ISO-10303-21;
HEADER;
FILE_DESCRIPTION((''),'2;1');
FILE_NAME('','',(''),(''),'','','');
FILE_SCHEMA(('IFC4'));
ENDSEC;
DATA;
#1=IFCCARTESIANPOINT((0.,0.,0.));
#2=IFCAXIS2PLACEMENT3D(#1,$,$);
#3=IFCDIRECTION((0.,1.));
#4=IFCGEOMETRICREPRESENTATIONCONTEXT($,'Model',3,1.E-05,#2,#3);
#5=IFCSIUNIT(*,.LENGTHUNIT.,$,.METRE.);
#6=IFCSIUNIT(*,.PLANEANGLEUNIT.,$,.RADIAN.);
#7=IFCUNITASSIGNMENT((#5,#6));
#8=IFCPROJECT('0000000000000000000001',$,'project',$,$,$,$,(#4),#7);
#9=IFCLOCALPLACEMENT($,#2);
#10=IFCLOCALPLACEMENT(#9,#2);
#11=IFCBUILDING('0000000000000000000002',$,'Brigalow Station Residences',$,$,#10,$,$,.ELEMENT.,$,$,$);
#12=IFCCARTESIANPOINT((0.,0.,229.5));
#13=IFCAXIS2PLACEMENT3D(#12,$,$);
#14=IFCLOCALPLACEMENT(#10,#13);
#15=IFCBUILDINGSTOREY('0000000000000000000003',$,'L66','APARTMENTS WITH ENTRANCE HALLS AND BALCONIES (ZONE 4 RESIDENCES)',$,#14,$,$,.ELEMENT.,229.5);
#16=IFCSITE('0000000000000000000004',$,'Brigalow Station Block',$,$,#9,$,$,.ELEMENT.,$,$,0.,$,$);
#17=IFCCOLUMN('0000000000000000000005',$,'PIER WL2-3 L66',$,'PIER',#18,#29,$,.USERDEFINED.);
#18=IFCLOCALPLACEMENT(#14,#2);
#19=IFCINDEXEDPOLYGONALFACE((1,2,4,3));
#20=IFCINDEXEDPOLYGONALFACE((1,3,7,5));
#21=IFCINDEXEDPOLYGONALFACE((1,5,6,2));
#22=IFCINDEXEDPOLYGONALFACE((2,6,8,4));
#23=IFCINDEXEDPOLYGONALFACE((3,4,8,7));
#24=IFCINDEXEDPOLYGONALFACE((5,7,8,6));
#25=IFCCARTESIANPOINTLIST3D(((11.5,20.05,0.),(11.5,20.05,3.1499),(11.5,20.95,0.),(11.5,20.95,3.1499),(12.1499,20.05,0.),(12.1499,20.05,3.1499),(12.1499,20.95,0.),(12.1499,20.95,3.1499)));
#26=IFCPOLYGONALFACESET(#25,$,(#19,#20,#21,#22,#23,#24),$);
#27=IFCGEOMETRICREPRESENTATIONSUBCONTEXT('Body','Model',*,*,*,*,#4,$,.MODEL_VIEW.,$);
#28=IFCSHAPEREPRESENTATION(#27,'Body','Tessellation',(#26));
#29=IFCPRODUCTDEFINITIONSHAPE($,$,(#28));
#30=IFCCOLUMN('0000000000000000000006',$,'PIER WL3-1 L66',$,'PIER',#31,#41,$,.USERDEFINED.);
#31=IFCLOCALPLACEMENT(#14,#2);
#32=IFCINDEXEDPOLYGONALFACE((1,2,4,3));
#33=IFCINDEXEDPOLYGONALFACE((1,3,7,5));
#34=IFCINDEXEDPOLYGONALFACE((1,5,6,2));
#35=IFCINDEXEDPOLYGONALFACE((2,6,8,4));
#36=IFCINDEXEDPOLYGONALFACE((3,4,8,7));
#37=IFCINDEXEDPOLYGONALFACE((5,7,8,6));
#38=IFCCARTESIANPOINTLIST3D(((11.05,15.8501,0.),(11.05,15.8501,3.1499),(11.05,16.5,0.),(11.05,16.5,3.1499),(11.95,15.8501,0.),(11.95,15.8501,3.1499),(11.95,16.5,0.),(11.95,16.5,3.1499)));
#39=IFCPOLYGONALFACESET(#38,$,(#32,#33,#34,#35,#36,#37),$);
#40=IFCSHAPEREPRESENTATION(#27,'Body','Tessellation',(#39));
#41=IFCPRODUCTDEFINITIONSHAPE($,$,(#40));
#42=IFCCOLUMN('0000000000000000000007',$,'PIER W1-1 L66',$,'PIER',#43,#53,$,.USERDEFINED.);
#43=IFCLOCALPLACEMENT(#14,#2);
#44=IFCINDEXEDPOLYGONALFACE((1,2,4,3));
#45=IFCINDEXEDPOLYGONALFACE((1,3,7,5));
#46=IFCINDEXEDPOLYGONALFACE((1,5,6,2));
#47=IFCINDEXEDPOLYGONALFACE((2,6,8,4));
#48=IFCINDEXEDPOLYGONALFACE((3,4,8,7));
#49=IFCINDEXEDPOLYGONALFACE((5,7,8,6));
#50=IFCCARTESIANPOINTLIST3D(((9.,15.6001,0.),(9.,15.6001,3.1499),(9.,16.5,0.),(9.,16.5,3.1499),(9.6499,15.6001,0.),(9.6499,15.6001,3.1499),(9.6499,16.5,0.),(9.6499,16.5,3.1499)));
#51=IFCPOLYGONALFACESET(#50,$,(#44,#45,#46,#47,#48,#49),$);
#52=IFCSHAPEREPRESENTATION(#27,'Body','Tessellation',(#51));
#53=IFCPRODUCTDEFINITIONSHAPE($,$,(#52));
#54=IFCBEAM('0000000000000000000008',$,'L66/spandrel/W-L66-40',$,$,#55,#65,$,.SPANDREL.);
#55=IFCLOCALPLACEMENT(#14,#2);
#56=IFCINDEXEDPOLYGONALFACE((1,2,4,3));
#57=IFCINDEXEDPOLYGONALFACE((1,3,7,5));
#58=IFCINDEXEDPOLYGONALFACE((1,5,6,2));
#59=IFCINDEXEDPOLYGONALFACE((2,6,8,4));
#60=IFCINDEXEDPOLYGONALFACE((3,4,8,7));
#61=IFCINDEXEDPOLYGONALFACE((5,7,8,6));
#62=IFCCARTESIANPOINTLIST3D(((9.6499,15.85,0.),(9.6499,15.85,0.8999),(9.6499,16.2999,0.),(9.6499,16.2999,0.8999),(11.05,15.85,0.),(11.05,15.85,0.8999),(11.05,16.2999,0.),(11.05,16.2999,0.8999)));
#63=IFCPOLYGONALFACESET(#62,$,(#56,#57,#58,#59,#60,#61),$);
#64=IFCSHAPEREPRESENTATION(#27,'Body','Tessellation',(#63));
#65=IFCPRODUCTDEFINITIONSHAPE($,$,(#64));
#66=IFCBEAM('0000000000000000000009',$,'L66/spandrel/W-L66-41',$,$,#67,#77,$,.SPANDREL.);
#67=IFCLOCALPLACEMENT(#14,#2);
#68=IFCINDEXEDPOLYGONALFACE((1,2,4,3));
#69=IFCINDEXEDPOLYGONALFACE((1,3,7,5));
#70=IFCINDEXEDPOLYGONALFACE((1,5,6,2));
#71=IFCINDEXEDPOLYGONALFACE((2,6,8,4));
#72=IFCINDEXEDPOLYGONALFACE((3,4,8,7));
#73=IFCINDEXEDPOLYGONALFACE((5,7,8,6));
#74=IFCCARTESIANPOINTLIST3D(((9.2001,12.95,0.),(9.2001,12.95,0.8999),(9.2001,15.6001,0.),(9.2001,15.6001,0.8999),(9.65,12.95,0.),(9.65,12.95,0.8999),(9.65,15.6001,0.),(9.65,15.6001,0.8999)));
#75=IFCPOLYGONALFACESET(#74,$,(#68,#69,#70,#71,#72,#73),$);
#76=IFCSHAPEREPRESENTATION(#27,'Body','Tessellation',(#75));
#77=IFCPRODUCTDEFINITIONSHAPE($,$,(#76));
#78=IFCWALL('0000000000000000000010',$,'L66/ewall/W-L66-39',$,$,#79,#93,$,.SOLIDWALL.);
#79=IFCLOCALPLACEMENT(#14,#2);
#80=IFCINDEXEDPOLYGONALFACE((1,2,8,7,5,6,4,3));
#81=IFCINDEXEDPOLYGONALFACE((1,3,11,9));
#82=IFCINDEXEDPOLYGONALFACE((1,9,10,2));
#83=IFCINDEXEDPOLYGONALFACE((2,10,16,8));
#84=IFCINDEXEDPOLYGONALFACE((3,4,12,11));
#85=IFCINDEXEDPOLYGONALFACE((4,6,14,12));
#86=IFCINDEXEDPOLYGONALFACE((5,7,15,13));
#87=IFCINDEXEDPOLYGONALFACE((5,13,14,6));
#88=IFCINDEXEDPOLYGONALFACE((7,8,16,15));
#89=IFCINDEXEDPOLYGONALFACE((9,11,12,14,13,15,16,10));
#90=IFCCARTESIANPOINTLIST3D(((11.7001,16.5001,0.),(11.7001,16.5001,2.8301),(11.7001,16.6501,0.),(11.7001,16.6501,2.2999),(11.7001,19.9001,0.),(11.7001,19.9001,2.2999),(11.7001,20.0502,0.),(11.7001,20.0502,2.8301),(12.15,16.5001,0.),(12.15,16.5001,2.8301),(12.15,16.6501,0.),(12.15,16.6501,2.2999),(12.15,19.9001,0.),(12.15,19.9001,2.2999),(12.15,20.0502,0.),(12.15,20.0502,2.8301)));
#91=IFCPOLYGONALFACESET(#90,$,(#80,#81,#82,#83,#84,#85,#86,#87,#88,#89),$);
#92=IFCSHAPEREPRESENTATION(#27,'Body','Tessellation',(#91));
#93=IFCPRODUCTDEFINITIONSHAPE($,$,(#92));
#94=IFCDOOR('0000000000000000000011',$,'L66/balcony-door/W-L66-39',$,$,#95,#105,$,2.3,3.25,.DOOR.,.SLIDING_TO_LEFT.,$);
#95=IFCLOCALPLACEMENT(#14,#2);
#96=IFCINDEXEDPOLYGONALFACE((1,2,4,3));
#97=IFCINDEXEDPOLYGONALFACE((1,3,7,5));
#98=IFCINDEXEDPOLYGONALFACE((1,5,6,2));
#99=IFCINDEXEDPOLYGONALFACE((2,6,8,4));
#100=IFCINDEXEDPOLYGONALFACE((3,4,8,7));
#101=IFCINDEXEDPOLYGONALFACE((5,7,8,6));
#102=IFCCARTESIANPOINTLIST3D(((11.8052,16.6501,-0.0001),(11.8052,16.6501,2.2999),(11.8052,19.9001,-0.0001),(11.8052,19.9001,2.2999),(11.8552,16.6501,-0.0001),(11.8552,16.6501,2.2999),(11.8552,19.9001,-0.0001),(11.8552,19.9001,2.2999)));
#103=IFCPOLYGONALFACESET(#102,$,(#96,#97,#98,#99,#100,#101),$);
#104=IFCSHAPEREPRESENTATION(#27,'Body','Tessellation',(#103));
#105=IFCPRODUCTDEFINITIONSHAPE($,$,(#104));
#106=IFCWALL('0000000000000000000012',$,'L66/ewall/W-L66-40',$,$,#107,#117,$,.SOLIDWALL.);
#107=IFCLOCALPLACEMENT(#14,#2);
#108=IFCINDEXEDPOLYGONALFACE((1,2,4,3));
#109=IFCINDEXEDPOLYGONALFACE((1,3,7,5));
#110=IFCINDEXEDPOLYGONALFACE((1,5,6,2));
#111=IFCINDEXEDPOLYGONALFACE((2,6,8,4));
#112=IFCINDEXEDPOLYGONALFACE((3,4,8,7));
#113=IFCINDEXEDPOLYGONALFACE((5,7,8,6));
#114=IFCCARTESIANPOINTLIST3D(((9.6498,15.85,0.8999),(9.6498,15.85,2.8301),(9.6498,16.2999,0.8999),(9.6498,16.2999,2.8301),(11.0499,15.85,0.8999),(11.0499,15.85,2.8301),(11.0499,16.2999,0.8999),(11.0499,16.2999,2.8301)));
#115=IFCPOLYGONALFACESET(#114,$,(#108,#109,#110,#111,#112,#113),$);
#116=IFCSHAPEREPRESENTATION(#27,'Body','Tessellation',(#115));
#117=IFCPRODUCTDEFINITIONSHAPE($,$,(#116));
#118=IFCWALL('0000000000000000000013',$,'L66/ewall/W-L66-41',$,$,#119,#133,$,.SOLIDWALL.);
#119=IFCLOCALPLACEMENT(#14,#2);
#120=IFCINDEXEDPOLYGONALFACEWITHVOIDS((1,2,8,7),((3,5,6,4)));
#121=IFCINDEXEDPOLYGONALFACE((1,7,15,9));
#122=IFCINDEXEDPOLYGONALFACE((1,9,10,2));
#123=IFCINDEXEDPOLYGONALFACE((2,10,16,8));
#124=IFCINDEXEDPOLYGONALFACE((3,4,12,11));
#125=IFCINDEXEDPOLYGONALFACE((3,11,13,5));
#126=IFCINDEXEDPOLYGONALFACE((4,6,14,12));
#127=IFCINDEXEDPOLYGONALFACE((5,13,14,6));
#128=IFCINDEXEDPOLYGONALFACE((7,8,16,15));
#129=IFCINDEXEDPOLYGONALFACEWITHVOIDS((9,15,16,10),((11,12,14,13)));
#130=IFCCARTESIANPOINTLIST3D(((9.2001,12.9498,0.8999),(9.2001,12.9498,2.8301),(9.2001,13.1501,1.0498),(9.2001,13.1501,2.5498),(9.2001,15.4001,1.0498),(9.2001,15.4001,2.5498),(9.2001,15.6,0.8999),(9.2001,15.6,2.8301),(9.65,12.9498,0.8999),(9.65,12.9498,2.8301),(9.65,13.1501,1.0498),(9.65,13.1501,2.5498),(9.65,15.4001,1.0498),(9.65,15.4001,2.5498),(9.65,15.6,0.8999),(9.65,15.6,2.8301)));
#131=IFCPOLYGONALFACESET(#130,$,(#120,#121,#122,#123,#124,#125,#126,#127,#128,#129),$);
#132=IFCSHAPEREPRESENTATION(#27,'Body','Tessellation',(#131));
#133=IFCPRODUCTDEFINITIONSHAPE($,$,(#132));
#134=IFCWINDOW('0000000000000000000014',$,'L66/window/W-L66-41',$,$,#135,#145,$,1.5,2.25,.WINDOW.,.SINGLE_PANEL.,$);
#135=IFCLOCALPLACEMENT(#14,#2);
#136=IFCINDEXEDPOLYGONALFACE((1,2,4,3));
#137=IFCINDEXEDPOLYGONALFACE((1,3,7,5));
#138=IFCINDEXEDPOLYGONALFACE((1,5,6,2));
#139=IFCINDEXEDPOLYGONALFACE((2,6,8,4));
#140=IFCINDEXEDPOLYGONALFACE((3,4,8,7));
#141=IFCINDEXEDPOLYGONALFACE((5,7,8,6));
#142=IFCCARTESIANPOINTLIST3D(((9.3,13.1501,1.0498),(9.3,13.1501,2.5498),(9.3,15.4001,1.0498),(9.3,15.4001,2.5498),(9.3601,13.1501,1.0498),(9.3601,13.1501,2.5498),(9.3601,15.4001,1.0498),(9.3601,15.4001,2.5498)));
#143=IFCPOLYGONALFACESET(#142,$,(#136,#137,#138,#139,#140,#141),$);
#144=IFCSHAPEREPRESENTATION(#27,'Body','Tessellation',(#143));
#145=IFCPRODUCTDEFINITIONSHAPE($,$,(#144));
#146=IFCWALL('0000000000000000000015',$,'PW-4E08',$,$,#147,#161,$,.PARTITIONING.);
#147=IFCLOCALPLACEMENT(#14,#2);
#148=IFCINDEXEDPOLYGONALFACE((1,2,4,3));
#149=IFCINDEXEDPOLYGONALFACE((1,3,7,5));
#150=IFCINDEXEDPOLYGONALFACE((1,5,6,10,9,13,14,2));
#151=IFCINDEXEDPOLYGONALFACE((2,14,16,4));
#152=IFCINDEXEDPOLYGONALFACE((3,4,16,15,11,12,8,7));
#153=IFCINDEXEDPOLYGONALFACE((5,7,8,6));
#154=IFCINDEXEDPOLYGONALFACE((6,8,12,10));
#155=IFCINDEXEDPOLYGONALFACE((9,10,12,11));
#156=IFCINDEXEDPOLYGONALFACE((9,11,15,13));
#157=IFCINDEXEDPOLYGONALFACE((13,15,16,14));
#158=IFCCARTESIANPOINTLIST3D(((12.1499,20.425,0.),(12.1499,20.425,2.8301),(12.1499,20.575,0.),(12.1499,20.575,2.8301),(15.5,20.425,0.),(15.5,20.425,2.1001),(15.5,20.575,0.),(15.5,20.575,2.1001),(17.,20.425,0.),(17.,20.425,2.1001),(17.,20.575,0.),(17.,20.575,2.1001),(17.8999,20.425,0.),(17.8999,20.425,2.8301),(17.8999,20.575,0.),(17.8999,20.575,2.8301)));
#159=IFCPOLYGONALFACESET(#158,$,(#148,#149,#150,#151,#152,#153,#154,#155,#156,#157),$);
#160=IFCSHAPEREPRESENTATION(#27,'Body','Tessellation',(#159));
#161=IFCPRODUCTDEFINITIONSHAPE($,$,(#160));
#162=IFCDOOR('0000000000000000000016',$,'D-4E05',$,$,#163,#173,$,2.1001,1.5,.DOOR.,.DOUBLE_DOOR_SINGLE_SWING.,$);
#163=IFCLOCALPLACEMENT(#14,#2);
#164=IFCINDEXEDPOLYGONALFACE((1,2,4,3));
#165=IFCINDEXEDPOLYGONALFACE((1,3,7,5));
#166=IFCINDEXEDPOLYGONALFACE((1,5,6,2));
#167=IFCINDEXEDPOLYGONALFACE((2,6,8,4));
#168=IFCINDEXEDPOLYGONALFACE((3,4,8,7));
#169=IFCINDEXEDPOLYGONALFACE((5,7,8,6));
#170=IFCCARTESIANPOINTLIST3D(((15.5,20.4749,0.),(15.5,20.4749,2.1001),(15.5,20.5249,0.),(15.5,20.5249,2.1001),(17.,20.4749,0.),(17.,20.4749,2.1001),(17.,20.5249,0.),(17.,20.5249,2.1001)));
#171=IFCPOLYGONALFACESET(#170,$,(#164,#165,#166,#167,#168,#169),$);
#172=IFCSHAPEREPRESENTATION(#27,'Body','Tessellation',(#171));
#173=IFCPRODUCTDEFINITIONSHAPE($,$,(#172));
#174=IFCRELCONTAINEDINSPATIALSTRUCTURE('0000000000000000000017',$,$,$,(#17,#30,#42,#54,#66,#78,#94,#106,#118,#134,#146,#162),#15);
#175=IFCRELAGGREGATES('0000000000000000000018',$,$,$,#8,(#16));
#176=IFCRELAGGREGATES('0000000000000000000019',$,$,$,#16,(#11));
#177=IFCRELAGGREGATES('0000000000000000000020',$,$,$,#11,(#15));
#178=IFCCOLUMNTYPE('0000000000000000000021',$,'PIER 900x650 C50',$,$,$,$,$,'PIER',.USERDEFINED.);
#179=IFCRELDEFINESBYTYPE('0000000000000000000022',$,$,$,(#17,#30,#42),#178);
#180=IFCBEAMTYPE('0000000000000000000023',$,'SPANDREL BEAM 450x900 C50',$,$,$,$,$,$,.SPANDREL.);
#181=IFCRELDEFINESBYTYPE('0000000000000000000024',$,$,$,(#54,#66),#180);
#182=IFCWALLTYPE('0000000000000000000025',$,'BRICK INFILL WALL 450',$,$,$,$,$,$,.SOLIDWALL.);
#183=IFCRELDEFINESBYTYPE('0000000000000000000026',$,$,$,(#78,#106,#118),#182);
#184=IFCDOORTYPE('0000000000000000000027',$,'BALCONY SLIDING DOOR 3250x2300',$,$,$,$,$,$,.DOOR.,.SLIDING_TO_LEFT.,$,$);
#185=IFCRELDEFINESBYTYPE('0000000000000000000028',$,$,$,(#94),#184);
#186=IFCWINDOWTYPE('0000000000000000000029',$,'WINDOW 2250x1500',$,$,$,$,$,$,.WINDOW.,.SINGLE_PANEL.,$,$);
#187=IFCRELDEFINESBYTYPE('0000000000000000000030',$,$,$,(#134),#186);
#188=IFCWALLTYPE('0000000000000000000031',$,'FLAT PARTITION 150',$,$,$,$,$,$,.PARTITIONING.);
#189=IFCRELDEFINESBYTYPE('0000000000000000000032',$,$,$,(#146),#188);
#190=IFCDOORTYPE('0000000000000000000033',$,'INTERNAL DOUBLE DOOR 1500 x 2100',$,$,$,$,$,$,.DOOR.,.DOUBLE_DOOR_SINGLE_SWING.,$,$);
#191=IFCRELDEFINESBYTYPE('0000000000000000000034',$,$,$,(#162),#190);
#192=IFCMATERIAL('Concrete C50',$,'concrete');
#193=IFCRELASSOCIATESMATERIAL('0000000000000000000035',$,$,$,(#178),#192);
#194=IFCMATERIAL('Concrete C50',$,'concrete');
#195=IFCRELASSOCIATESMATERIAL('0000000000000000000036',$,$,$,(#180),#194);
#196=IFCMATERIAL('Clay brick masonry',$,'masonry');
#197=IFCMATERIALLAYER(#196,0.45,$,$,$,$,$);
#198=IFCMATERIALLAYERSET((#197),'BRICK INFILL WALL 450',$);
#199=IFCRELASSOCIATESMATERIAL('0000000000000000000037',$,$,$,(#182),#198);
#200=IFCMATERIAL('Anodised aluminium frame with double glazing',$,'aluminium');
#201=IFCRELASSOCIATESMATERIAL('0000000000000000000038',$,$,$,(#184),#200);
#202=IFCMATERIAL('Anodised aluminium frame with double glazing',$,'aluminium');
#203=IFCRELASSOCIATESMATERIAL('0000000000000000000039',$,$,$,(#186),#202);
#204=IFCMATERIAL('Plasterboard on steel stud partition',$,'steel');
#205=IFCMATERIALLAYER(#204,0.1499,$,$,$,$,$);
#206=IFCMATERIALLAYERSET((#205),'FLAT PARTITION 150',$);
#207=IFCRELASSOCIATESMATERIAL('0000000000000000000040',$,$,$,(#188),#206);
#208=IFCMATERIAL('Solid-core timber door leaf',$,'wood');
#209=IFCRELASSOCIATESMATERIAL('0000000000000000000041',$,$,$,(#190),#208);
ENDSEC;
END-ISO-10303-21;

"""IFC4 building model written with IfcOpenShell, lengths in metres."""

from ifc_helpers import new_model, si_unit, direction, frame, frame_2d, origin, origin_2d, place, context, subcontext, project, spatial, rectangle, extrude, material, layer, layer_set, material_profile, profile_set, type_object, element, fill, save


model = new_model("IFC4")

# Units and contexts
model_context = context("Model", 3, precision=1e-05, world=origin(), true_north=direction((0.0, 1.0)))
body_context = subcontext(model_context, "Body", "Model", "MODEL_VIEW")
ifc_project = project(units=[si_unit("LENGTHUNIT", "METRE"), si_unit("PLANEANGLEUNIT", "RADIAN")], contexts=[model_context])

# Site, building, storey
site_placement = place(None, origin())
site = spatial("IfcSite", under=ifc_project, at=site_placement, Name="Brigalow Station Block", CompositionType="ELEMENT", RefElevation=0.0)
building_placement = place(site_placement, origin())
building = spatial("IfcBuilding", under=site, at=building_placement, Name="Brigalow Station Residences", CompositionType="ELEMENT")
storey_placement = place(building_placement, frame((0.0, 0.0, 229.5)))
storey = spatial("IfcBuildingStorey", under=building, at=storey_placement, Name="L66", Description="APARTMENTS WITH ENTRANCE HALLS AND BALCONIES (ZONE 4 RESIDENCES)", CompositionType="ELEMENT", Elevation=229.5)

# Columns
ifc_material_1 = material(Name="Concrete C50", Category="concrete")
ifc_material_profile_1 = material_profile(ifc_material_1, rectangle(XDim=0.8999, YDim=0.6499, at=origin_2d()), Name="RC900x650")
ifc_profile_set_1 = profile_set([ifc_material_profile_1], Name="Concrete C50")
column_type = type_object("IfcColumnType", Name="PIER 900x650 C50", ElementType="PIER", PredefinedType="USERDEFINED", material=ifc_profile_set_1)
for number, where, z_axis, x_axis, name in (
    (1, (11.825, 20.5, 0.0), (0.0, 0.0, 1.0), (0.0, -1.0, 0.0), "PIER WL2-3 L66"),
    (2, (11.5, 16.175, 0.0), (0.0, 0.0, 1.0), (-1.0, 0.0, 0.0), "PIER WL3-1 L66"),
    (3, (9.325, 16.05, 0.0), (0.0, 0.0, 1.0), (0.0, -1.0, 0.0), "PIER W1-1 L66"),
):
    element("IfcColumn", number, at=place(storey_placement, frame(where, z_axis=z_axis, x_axis=x_axis)), inside=storey, type_object=column_type, Name=name, ObjectType="PIER", PredefinedType="USERDEFINED", context=body_context, shape_type="SweptSolid", body=[
        extrude(rectangle(XDim=0.8999, YDim=0.6499, at=origin_2d()), origin(), (0.0, 0.0, 1.0), 3.1499),
    ])

# Beams
ifc_material_2 = material(Name="Concrete C50", Category="concrete")
ifc_material_profile_2 = material_profile(ifc_material_2, rectangle(XDim=0.45, YDim=0.8999, at=origin_2d()), Name="RC450x900")
ifc_profile_set_2 = profile_set([ifc_material_profile_2], Name="Concrete C50")
beam_type = type_object("IfcBeamType", Name="SPANDREL BEAM 450x900 C50", PredefinedType="SPANDREL", material=ifc_profile_set_2)
beam_1_placement = place(storey_placement, frame((11.05, 16.075, 0.45), z_axis=(-1.0, 0.0, 0.0), x_axis=(0.0, -1.0, 0.0)))
element("IfcBeam", 4, at=beam_1_placement, inside=storey, type_object=beam_type, Name="L66/spandrel/W-L66-40", PredefinedType="SPANDREL", context=body_context, shape_type="SweptSolid", body=[
    extrude(rectangle(XDim=0.45, YDim=0.8999, at=origin_2d()), origin(), (0.0, 0.0, 1.0), 1.4001),
])
beam_2_placement = place(storey_placement, frame((9.425, 15.6001, 0.45), z_axis=(0.0, -1.0, 0.0), x_axis=(1.0, 0.0, 0.0)))
element("IfcBeam", 5, at=beam_2_placement, inside=storey, type_object=beam_type, Name="L66/spandrel/W-L66-41", PredefinedType="SPANDREL", context=body_context, shape_type="SweptSolid", body=[
    extrude(rectangle(XDim=0.45, YDim=0.8999, at=origin_2d()), origin(), (0.0, 0.0, 1.0), 2.6501),
])

# Wall, opening, door
ifc_material_3 = material(Name="Clay brick masonry", Category="masonry")
ifc_layer_1 = layer(ifc_material_3, 0.45)
ifc_layer_set_1 = layer_set([ifc_layer_1], Name="BRICK INFILL WALL 450")
wall_type_1 = type_object("IfcWallType", Name="BRICK INFILL WALL 450", PredefinedType="SOLIDWALL", material=ifc_layer_set_1)
wall_1_placement = place(storey_placement, frame((11.925, 20.05, 0.0), z_axis=(0.0, 0.0, 1.0), x_axis=(0.0, -1.0, 0.0)))
wall_1 = element("IfcWall", 6, at=wall_1_placement, inside=storey, type_object=wall_type_1, Name="L66/ewall/W-L66-39", PredefinedType="SOLIDWALL", context=body_context, shape_type="SweptSolid", body=[
    extrude(rectangle(XDim=3.55, YDim=0.45, at=frame_2d((1.7749, 0.0))), origin(), (0.0, 0.0, 1.0), 2.8301),
])
opening_1_placement = place(wall_1_placement, frame((0.1499, 0.0, 0.0)))
opening_1 = element("IfcOpeningElement", 7, at=opening_1_placement, cuts=wall_1, PredefinedType="OPENING", context=body_context, shape_type="SweptSolid", body=[
    extrude(rectangle(XDim=3.25, YDim=2.3, at=frame_2d((1.625, 1.1499))), frame((0.0, 0.2349, 0.0), z_axis=(0.0, -1.0, 0.0), x_axis=(1.0, 0.0, 0.0)), (0.0, 0.0, 1.0), 0.47),
])
ifc_material_4 = material(Name="Anodised aluminium frame with double glazing", Category="aluminium")
door_type_1 = type_object("IfcDoorType", Name="BALCONY SLIDING DOOR 3250x2300", OperationType="SLIDING_TO_LEFT", PredefinedType="DOOR", material=ifc_material_4)
door_1_placement = place(opening_1_placement, origin())
door_1 = element("IfcDoor", 8, at=door_1_placement, inside=storey, type_object=door_type_1, Name="L66/balcony-door/W-L66-39", OperationType="SLIDING_TO_LEFT", OverallHeight=2.3, OverallWidth=3.25, PredefinedType="DOOR", context=body_context, shape_type="SweptSolid", body=[
    extrude(rectangle(XDim=3.25, YDim=2.3, at=frame_2d((1.625, 1.1499))), frame((0.0, -0.0698, 0.0), z_axis=(0.0, -1.0, 0.0), x_axis=(1.0, 0.0, 0.0)), (0.0, 0.0, 1.0), 0.05),
])
fill(opening_1, door_1)

# Wall
wall_2_placement = place(storey_placement, frame((11.05, 16.075, 0.8999), z_axis=(0.0, 0.0, 1.0), x_axis=(-1.0, 0.0, 0.0)))
element("IfcWall", 9, at=wall_2_placement, inside=storey, type_object=wall_type_1, Name="L66/ewall/W-L66-40", PredefinedType="SOLIDWALL", context=body_context, shape_type="SweptSolid", body=[
    extrude(rectangle(XDim=1.4001, YDim=0.45, at=frame_2d((0.7002, 0.0))), origin(), (0.0, 0.0, 1.0), 1.9302),
])

# Wall, opening, window
wall_3_placement = place(storey_placement, frame((9.425, 15.6001, 0.8999), z_axis=(0.0, 0.0, 1.0), x_axis=(0.0, -1.0, 0.0)))
wall_3 = element("IfcWall", 10, at=wall_3_placement, inside=storey, type_object=wall_type_1, Name="L66/ewall/W-L66-41", PredefinedType="SOLIDWALL", context=body_context, shape_type="SweptSolid", body=[
    extrude(rectangle(XDim=2.6501, YDim=0.45, at=frame_2d((1.3252, 0.0))), origin(), (0.0, 0.0, 1.0), 1.9302),
])
opening_2_placement = place(wall_3_placement, frame((0.2, 0.0, 0.1499)))
opening_2 = element("IfcOpeningElement", 11, at=opening_2_placement, cuts=wall_3, PredefinedType="OPENING", context=body_context, shape_type="SweptSolid", body=[
    extrude(rectangle(XDim=2.25, YDim=1.5, at=frame_2d((1.125, 0.75))), frame((0.0, 0.2349, 0.0), z_axis=(0.0, -1.0, 0.0), x_axis=(1.0, 0.0, 0.0)), (0.0, 0.0, 1.0), 0.47),
])
ifc_material_5 = material(Name="Anodised aluminium frame with double glazing", Category="aluminium")
window_type = type_object("IfcWindowType", Name="WINDOW 2250x1500", PartitioningType="SINGLE_PANEL", PredefinedType="WINDOW", material=ifc_material_5)
window_placement = place(opening_2_placement, origin())
window = element("IfcWindow", 12, at=window_placement, inside=storey, type_object=window_type, Name="L66/window/W-L66-41", OverallHeight=1.5, OverallWidth=2.25, PartitioningType="SINGLE_PANEL", PredefinedType="WINDOW", context=body_context, shape_type="SweptSolid", body=[
    extrude(rectangle(XDim=2.25, YDim=1.5, at=frame_2d((1.125, 0.75))), frame((0.0, -0.0649, 0.0), z_axis=(0.0, -1.0, 0.0), x_axis=(1.0, 0.0, 0.0)), (0.0, 0.0, 1.0), 0.0601),
])
fill(opening_2, window)

# Wall, opening, door
ifc_material_6 = material(Name="Plasterboard on steel stud partition", Category="steel")
ifc_layer_2 = layer(ifc_material_6, 0.1499)
ifc_layer_set_2 = layer_set([ifc_layer_2], Name="FLAT PARTITION 150")
wall_type_2 = type_object("IfcWallType", Name="FLAT PARTITION 150", PredefinedType="PARTITIONING", material=ifc_layer_set_2)
wall_4_placement = place(storey_placement, frame((12.1499, 20.5, 0.0), z_axis=(0.0, 0.0, 1.0), x_axis=(1.0, 0.0, 0.0)))
wall_4 = element("IfcWall", 13, at=wall_4_placement, inside=storey, type_object=wall_type_2, Name="PW-4E08", PredefinedType="PARTITIONING", context=body_context, shape_type="SweptSolid", body=[
    extrude(rectangle(XDim=5.75, YDim=0.1499, at=frame_2d((2.875, 0.0))), origin(), (0.0, 0.0, 1.0), 2.8301),
])
opening_3_placement = place(wall_4_placement, frame((3.3501, 0.0, 0.0)))
opening_3 = element("IfcOpeningElement", 14, at=opening_3_placement, cuts=wall_4, PredefinedType="OPENING", context=body_context, shape_type="SweptSolid", body=[
    extrude(rectangle(XDim=1.5, YDim=2.1001, at=frame_2d((0.75, 1.05))), frame((0.0, 0.085, 0.0), z_axis=(0.0, -1.0, 0.0), x_axis=(1.0, 0.0, 0.0)), (0.0, 0.0, 1.0), 0.1699),
])
ifc_material_7 = material(Name="Solid-core timber door leaf", Category="wood")
door_type_2 = type_object("IfcDoorType", Name="INTERNAL DOUBLE DOOR 1500 x 2100", OperationType="DOUBLE_DOOR_SINGLE_SWING", PredefinedType="DOOR", material=ifc_material_7)
door_2_placement = place(opening_3_placement, origin())
door_2 = element("IfcDoor", 15, at=door_2_placement, inside=storey, type_object=door_type_2, Name="D-4E05", OperationType="DOUBLE_DOOR_SINGLE_SWING", OverallHeight=2.1001, OverallWidth=1.5, PredefinedType="DOOR", context=body_context, shape_type="SweptSolid", body=[
    extrude(rectangle(XDim=1.5, YDim=2.1001, at=frame_2d((0.75, 1.05))), frame((0.0, 0.0249, 0.0), z_axis=(0.0, -1.0, 0.0), x_axis=(1.0, 0.0, 0.0)), (0.0, 0.0, 1.0), 0.05),
])
fill(opening_3, door_2)

save(model, "model.ifc")
